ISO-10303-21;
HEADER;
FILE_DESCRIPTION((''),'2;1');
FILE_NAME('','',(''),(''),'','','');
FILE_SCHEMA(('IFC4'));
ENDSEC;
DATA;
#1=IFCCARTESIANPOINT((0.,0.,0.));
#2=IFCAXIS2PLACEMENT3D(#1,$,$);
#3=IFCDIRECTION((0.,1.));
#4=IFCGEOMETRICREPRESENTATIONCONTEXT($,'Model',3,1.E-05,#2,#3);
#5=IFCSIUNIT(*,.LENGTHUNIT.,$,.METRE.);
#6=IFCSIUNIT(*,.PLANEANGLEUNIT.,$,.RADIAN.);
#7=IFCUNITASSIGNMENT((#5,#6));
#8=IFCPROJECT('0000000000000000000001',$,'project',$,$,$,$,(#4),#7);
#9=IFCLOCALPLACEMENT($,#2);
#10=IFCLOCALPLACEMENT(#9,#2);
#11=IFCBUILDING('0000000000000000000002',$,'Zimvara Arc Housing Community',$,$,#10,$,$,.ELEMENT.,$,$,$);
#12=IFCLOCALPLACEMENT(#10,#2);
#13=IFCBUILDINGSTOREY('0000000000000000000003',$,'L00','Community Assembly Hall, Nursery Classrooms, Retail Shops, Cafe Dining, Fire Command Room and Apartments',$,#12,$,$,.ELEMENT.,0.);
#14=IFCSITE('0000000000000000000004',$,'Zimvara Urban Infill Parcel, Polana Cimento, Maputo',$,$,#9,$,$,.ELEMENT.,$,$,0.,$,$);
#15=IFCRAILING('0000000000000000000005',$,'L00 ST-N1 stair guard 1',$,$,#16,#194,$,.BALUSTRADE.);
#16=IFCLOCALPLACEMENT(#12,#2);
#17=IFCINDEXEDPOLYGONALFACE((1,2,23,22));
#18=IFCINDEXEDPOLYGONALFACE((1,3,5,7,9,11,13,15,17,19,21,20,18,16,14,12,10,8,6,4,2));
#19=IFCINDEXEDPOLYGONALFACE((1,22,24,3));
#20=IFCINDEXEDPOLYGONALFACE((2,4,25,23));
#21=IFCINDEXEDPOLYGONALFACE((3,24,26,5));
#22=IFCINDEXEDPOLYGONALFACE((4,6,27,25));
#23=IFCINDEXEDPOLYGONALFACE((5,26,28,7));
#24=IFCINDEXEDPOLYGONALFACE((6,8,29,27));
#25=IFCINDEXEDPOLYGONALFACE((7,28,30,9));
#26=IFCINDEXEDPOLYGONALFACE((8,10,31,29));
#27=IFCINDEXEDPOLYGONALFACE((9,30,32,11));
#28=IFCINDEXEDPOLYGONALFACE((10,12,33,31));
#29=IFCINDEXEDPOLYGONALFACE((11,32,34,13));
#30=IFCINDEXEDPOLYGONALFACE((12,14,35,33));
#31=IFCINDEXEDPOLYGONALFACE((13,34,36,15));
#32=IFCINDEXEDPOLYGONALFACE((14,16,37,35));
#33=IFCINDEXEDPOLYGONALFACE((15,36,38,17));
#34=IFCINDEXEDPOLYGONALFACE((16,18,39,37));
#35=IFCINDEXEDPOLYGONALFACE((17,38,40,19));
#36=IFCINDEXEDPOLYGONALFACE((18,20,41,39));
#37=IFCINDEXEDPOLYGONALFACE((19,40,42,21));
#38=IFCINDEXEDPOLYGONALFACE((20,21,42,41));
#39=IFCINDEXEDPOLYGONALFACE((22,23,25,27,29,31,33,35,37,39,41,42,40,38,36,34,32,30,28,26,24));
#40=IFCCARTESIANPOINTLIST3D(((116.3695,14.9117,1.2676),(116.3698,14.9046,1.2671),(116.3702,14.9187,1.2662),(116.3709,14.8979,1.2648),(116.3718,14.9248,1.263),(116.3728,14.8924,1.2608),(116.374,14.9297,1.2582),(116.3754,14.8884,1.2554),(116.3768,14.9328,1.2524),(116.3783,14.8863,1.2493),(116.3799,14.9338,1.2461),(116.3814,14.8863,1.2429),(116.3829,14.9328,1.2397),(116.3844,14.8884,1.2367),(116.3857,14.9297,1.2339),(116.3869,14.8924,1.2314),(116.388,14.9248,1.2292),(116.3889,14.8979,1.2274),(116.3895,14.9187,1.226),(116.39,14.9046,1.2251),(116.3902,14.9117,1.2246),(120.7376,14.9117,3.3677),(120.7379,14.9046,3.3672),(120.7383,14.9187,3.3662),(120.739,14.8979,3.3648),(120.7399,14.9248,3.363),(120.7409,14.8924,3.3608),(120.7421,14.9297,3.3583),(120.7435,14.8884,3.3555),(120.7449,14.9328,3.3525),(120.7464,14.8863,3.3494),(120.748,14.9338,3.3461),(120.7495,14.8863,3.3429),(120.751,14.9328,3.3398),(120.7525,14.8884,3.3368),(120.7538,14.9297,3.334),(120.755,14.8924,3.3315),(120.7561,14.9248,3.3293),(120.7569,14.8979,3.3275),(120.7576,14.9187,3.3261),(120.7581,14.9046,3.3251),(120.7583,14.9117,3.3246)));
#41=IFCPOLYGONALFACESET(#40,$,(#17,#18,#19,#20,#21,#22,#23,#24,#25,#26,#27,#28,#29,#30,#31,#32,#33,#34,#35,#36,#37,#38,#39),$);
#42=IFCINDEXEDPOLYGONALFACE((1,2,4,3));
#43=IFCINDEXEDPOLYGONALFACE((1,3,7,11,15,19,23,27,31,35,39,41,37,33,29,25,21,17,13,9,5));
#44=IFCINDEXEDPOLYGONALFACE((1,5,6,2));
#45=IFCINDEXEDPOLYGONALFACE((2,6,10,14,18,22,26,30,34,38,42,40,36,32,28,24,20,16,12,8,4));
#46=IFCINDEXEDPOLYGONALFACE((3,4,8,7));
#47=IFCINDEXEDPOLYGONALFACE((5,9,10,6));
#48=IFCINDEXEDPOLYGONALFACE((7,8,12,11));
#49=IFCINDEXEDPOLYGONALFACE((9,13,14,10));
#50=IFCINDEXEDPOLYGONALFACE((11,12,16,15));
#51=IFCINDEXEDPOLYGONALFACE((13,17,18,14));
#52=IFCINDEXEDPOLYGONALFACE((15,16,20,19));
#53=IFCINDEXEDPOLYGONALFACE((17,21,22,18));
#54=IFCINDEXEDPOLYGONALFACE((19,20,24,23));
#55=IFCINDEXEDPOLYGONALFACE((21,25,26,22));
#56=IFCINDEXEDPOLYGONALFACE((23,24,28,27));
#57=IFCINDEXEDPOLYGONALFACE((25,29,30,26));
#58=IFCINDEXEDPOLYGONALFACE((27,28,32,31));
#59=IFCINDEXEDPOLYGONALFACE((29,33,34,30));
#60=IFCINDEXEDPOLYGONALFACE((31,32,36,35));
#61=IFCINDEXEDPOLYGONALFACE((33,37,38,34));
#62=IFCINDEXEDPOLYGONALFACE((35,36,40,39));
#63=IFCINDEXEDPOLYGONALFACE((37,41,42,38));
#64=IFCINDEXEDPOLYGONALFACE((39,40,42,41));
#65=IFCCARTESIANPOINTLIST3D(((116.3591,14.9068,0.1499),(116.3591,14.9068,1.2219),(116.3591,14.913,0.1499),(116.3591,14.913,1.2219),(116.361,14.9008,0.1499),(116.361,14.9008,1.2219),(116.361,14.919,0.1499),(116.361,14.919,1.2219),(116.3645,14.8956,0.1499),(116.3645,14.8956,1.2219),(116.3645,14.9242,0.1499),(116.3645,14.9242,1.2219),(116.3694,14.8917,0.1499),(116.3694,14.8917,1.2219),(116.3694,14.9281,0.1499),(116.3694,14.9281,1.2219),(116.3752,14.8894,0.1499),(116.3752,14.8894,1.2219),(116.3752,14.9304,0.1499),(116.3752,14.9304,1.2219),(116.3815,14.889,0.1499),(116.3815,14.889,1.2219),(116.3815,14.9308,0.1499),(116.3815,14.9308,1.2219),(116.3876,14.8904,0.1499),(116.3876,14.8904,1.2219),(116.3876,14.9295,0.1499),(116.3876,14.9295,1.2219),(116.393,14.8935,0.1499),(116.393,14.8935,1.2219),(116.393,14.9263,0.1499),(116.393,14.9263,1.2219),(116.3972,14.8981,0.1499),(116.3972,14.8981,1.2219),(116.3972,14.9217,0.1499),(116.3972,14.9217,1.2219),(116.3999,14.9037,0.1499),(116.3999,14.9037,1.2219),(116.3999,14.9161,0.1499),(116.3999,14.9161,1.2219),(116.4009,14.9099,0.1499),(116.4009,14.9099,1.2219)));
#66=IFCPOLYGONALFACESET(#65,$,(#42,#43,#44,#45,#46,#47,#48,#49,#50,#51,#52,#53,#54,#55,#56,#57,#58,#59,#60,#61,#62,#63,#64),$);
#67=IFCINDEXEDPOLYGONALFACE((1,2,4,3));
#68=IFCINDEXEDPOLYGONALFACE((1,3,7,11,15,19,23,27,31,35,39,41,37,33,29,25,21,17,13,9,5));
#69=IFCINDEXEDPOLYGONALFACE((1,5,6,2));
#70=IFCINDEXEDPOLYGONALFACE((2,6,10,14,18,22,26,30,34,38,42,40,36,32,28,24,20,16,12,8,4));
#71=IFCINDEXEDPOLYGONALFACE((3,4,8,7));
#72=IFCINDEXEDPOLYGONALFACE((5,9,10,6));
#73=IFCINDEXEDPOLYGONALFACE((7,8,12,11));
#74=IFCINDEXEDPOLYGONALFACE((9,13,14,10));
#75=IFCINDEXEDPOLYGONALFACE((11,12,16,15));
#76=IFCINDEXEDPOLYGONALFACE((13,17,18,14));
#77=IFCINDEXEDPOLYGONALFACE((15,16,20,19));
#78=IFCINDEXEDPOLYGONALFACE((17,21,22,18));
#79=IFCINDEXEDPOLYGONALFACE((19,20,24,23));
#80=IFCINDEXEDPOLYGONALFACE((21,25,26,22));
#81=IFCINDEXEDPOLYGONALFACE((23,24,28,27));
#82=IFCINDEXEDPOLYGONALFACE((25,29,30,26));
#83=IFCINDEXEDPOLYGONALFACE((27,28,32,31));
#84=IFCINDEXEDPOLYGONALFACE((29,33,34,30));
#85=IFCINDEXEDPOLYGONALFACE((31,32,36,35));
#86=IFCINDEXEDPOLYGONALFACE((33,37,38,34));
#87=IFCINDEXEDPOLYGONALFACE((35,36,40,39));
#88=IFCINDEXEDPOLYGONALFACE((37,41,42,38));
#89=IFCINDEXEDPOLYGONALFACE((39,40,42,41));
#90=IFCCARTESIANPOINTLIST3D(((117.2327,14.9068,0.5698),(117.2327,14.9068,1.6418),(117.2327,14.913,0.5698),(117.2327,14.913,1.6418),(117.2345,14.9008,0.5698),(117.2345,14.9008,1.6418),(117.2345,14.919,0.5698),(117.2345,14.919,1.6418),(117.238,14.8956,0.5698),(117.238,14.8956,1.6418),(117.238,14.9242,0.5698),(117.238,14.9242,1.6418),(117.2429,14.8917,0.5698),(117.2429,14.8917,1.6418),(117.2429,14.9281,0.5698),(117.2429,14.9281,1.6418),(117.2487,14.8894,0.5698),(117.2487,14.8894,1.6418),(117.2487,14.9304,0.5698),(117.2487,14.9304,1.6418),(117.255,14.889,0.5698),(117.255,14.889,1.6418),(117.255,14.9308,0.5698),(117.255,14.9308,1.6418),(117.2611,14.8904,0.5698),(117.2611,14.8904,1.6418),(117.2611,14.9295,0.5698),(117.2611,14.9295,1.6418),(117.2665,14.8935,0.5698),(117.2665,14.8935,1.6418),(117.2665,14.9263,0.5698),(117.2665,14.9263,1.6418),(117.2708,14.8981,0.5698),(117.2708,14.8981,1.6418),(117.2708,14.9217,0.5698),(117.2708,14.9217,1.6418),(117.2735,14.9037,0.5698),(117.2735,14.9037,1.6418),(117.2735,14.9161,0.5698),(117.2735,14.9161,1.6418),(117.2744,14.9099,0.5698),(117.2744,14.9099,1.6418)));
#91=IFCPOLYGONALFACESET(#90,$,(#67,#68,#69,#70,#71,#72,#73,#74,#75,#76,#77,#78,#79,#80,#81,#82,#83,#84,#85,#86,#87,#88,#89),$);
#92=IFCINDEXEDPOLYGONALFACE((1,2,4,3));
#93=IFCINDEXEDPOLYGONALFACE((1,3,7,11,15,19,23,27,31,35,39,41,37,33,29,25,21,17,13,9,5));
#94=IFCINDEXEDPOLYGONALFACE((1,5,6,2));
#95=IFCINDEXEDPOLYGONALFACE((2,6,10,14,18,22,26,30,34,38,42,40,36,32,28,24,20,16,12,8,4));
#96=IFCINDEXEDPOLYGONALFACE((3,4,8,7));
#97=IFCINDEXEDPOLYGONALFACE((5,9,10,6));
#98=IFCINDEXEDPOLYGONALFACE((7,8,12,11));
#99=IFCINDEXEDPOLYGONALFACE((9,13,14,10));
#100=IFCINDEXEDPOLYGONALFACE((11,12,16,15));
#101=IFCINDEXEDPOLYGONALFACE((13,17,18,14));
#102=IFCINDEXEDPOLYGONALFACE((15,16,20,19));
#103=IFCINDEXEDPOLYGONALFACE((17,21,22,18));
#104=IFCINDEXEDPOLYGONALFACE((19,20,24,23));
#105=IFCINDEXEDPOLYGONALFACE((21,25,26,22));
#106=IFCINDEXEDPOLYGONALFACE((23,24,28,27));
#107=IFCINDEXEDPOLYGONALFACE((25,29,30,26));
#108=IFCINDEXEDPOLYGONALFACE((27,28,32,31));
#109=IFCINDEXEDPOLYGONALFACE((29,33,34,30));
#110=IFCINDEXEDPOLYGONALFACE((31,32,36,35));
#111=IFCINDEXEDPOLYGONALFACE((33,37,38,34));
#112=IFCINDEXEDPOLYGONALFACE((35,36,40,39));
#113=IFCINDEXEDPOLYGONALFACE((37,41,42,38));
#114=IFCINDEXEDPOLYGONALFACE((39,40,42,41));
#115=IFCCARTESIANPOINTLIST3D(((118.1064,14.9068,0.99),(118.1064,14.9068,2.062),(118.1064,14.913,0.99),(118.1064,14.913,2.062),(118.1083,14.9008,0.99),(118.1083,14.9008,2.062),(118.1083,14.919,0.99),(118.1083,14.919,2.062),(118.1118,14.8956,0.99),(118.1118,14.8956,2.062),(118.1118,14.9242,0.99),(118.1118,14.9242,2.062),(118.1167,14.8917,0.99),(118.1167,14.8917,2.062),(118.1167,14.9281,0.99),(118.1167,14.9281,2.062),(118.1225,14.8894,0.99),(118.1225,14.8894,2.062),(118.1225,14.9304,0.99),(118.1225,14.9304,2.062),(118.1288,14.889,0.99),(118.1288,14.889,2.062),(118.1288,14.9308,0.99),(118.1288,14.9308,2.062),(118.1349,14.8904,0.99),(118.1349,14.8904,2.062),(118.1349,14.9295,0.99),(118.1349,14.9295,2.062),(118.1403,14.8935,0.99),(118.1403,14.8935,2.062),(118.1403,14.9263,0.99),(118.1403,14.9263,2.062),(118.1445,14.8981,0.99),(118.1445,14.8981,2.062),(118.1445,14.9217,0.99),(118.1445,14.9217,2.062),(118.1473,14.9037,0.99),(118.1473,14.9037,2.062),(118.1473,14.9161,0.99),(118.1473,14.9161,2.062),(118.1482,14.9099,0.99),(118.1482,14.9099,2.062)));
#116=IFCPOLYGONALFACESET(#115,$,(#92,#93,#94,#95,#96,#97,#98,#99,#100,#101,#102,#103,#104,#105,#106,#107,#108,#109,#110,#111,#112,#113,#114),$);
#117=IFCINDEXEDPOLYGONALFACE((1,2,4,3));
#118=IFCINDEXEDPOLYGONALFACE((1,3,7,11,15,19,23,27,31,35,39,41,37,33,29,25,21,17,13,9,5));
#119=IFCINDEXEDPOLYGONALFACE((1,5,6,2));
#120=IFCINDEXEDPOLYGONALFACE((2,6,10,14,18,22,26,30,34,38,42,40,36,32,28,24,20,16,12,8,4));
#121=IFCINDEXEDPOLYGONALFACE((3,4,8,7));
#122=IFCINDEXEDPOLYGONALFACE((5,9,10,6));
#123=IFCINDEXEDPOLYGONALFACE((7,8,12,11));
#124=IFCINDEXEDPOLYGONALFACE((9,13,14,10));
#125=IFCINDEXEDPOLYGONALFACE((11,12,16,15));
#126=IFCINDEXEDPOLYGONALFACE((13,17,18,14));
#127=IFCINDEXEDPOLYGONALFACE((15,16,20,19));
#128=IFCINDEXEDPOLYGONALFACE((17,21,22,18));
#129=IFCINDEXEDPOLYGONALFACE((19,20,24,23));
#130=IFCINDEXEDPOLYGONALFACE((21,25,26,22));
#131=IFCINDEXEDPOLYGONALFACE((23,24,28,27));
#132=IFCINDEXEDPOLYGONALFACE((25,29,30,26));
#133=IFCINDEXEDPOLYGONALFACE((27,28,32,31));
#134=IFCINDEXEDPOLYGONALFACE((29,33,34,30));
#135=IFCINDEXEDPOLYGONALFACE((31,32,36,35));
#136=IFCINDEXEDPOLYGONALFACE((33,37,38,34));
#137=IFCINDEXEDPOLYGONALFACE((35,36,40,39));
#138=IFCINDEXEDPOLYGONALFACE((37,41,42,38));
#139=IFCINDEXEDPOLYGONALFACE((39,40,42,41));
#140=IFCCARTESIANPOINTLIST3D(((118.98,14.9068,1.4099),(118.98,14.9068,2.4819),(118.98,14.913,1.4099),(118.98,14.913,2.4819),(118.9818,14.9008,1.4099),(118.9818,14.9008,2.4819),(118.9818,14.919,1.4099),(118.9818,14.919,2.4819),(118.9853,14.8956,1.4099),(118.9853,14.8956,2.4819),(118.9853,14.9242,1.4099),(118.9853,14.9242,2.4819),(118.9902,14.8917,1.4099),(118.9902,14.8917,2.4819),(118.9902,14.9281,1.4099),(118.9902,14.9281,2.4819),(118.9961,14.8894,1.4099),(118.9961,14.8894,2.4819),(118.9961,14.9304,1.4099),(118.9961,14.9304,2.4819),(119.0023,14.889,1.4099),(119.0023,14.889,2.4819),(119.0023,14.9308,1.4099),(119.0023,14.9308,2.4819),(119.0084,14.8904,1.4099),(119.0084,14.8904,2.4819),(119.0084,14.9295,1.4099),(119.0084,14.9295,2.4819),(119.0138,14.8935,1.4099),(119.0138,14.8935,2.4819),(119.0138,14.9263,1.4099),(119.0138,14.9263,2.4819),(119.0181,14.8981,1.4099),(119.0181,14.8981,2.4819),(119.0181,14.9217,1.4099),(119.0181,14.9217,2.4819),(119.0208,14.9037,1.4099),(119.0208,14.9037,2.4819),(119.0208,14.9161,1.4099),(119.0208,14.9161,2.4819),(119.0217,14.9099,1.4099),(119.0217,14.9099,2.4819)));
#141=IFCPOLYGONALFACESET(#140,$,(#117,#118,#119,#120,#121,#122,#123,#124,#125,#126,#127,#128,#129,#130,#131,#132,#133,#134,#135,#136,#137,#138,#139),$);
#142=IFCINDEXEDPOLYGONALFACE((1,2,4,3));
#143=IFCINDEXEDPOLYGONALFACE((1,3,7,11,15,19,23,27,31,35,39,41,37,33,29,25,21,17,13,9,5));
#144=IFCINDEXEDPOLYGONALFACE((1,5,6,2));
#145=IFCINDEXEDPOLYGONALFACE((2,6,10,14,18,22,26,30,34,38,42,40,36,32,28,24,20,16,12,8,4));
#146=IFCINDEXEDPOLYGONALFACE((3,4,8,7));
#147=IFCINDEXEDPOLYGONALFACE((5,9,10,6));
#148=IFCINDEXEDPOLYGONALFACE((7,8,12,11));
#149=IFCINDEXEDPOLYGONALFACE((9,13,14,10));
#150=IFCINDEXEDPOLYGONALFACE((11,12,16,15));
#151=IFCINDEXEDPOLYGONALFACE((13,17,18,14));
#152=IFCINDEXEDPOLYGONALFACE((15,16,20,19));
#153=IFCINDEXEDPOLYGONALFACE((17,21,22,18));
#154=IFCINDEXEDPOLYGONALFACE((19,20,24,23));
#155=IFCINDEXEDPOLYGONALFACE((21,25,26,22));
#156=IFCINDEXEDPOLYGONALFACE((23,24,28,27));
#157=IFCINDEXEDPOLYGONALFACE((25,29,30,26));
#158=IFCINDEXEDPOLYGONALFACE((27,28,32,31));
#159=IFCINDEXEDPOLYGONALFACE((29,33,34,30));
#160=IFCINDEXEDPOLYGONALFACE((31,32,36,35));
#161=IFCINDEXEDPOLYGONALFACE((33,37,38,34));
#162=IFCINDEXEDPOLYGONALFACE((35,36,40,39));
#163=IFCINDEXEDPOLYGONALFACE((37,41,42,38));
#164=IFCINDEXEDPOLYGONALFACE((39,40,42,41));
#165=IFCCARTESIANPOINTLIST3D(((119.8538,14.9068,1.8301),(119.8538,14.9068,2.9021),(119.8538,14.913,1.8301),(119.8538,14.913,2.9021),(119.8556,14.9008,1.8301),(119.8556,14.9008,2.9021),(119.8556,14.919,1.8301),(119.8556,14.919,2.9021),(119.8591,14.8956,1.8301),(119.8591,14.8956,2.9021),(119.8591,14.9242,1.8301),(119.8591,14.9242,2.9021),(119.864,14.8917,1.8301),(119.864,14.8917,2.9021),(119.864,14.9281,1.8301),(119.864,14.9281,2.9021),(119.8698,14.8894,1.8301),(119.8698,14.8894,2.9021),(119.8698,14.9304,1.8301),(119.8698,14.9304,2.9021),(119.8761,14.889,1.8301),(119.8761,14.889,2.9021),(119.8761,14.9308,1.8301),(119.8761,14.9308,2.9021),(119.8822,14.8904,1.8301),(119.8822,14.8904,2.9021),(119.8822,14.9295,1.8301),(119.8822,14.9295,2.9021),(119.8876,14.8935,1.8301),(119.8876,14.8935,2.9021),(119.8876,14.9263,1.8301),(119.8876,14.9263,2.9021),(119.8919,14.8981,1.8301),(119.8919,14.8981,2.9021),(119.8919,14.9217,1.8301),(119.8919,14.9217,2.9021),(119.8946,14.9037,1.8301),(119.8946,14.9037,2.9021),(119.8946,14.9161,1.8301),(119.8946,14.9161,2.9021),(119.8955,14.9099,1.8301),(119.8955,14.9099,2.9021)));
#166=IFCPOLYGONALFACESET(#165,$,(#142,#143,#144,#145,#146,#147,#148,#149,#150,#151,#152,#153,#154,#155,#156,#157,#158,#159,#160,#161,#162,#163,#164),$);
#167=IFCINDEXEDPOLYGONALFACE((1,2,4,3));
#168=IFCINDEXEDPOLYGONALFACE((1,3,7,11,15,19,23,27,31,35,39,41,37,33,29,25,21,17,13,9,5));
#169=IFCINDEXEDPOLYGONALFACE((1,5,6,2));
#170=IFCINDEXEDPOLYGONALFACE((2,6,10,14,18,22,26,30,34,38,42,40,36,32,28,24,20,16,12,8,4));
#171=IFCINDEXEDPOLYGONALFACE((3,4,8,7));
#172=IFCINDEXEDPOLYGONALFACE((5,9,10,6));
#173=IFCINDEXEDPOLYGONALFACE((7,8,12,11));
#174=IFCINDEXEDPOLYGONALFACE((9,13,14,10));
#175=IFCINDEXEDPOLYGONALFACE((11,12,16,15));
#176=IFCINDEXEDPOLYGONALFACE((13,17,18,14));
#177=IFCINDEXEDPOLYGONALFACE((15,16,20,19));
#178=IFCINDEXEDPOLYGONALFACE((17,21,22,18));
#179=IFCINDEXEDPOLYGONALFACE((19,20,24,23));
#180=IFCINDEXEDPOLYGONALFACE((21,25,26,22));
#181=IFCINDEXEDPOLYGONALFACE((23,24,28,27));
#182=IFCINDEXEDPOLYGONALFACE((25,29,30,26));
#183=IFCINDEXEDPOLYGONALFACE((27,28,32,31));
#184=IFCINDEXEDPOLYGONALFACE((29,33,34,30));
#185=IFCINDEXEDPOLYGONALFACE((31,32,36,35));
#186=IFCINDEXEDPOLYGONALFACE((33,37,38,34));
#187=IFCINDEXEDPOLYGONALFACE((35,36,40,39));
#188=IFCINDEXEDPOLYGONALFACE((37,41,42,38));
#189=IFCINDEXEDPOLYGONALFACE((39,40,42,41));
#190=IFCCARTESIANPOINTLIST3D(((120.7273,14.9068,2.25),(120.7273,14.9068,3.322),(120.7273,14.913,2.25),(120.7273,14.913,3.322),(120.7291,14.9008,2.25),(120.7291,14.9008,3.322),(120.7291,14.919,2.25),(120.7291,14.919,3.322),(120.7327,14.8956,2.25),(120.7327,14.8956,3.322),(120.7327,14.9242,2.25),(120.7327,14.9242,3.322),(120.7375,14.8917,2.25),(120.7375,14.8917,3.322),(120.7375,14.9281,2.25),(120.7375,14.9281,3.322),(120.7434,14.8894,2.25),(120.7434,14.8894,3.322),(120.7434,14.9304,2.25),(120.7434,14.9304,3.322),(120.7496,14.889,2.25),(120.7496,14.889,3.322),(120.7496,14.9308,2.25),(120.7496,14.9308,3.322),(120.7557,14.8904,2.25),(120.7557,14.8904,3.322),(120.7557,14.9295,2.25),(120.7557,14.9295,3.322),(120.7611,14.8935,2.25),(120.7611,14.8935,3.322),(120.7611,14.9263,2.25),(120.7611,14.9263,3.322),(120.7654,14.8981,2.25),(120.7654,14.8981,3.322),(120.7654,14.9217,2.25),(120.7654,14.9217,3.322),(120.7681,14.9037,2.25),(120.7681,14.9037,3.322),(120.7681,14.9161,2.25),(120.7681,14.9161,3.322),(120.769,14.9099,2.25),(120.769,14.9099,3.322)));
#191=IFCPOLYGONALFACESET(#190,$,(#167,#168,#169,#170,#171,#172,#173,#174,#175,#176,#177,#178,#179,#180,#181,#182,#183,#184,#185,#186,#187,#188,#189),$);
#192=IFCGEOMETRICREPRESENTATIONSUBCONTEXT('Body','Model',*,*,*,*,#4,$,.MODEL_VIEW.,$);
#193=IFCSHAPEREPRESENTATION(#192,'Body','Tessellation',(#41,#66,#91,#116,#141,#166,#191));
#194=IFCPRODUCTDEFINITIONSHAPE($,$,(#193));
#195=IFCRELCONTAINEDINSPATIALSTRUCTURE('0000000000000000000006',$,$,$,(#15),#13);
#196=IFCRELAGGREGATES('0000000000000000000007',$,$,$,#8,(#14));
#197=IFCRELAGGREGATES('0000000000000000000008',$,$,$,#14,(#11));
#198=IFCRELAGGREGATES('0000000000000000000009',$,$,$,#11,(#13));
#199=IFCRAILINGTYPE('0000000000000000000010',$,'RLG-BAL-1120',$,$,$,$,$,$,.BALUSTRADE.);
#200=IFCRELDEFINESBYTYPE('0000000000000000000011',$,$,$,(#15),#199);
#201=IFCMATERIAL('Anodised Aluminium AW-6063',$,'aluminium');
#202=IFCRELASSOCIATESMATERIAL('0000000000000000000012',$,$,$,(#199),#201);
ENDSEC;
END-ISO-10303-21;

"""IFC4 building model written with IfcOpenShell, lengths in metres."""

from ifc_helpers import new_model, si_unit, direction, frame, origin, origin_2d, place, context, subcontext, project, spatial, circle, extrude, material, type_object, element, save


model = new_model("IFC4")

# Units and contexts
model_context = context("Model", 3, precision=1e-05, world=origin(), true_north=direction((0.0, 1.0)))
body_context = subcontext(model_context, "Body", "Model", "MODEL_VIEW")
ifc_project = project(units=[si_unit("LENGTHUNIT", "METRE"), si_unit("PLANEANGLEUNIT", "RADIAN")], contexts=[model_context])

# Site, building, storey
site_placement = place(None, origin())
site = spatial("IfcSite", under=ifc_project, at=site_placement, Name="Zimvara Urban Infill Parcel, Polana Cimento, Maputo", CompositionType="ELEMENT", RefElevation=0.0)
building_placement = place(site_placement, origin())
building = spatial("IfcBuilding", under=site, at=building_placement, Name="Zimvara Arc Housing Community", CompositionType="ELEMENT")
storey_placement = place(building_placement, origin())
storey = spatial("IfcBuildingStorey", under=building, at=storey_placement, Name="L00", Description="Community Assembly Hall, Nursery Classrooms, Retail Shops, Cafe Dining, Fire Command Room and Apartments", CompositionType="ELEMENT", Elevation=0.0)

# Railing
ifc_material_1 = material(Name="Anodised Aluminium AW-6063", Category="aluminium")
railing_type_1 = type_object("IfcRailingType", Name="RLG-BAL-1120", PredefinedType="BALUSTRADE", material=ifc_material_1)
railing_1_placement = place(storey_placement, frame((116.3799, 14.9099, 0.1499)))
element("IfcRailing", 1, at=railing_1_placement, inside=storey, type_object=railing_type_1, Name="L00 ST-N1 stair guard 1", PredefinedType="BALUSTRADE", context=body_context, shape_type="SweptSolid", body=[
    extrude(circle(Radius=0.0239, at=origin_2d()), frame((0.0, 0.0, 1.0962), z_axis=(0.901251, 0.0, 0.433298), x_axis=(0.0, 1.0, 0.0)), (0.0, 0.0, 1.0), 4.8467),
    extrude(circle(Radius=0.021, at=origin_2d()), origin(), (0.0, 0.0, 1.0), 1.072),
    extrude(circle(Radius=0.021, at=origin_2d()), frame((0.8735, 0.0, 0.4199)), (0.0, 0.0, 1.0), 1.072),
    extrude(circle(Radius=0.021, at=origin_2d()), frame((1.7473, 0.0, 0.8401)), (0.0, 0.0, 1.0), 1.072),
    extrude(circle(Radius=0.021, at=origin_2d()), frame((2.6208, 0.0, 1.26)), (0.0, 0.0, 1.0), 1.072),
    extrude(circle(Radius=0.021, at=origin_2d()), frame((3.4946, 0.0, 1.6802)), (0.0, 0.0, 1.0), 1.072),
    extrude(circle(Radius=0.021, at=origin_2d()), frame((4.3682, 0.0, 2.1001)), (0.0, 0.0, 1.0), 1.072),
])

save(model, "model.ifc")
